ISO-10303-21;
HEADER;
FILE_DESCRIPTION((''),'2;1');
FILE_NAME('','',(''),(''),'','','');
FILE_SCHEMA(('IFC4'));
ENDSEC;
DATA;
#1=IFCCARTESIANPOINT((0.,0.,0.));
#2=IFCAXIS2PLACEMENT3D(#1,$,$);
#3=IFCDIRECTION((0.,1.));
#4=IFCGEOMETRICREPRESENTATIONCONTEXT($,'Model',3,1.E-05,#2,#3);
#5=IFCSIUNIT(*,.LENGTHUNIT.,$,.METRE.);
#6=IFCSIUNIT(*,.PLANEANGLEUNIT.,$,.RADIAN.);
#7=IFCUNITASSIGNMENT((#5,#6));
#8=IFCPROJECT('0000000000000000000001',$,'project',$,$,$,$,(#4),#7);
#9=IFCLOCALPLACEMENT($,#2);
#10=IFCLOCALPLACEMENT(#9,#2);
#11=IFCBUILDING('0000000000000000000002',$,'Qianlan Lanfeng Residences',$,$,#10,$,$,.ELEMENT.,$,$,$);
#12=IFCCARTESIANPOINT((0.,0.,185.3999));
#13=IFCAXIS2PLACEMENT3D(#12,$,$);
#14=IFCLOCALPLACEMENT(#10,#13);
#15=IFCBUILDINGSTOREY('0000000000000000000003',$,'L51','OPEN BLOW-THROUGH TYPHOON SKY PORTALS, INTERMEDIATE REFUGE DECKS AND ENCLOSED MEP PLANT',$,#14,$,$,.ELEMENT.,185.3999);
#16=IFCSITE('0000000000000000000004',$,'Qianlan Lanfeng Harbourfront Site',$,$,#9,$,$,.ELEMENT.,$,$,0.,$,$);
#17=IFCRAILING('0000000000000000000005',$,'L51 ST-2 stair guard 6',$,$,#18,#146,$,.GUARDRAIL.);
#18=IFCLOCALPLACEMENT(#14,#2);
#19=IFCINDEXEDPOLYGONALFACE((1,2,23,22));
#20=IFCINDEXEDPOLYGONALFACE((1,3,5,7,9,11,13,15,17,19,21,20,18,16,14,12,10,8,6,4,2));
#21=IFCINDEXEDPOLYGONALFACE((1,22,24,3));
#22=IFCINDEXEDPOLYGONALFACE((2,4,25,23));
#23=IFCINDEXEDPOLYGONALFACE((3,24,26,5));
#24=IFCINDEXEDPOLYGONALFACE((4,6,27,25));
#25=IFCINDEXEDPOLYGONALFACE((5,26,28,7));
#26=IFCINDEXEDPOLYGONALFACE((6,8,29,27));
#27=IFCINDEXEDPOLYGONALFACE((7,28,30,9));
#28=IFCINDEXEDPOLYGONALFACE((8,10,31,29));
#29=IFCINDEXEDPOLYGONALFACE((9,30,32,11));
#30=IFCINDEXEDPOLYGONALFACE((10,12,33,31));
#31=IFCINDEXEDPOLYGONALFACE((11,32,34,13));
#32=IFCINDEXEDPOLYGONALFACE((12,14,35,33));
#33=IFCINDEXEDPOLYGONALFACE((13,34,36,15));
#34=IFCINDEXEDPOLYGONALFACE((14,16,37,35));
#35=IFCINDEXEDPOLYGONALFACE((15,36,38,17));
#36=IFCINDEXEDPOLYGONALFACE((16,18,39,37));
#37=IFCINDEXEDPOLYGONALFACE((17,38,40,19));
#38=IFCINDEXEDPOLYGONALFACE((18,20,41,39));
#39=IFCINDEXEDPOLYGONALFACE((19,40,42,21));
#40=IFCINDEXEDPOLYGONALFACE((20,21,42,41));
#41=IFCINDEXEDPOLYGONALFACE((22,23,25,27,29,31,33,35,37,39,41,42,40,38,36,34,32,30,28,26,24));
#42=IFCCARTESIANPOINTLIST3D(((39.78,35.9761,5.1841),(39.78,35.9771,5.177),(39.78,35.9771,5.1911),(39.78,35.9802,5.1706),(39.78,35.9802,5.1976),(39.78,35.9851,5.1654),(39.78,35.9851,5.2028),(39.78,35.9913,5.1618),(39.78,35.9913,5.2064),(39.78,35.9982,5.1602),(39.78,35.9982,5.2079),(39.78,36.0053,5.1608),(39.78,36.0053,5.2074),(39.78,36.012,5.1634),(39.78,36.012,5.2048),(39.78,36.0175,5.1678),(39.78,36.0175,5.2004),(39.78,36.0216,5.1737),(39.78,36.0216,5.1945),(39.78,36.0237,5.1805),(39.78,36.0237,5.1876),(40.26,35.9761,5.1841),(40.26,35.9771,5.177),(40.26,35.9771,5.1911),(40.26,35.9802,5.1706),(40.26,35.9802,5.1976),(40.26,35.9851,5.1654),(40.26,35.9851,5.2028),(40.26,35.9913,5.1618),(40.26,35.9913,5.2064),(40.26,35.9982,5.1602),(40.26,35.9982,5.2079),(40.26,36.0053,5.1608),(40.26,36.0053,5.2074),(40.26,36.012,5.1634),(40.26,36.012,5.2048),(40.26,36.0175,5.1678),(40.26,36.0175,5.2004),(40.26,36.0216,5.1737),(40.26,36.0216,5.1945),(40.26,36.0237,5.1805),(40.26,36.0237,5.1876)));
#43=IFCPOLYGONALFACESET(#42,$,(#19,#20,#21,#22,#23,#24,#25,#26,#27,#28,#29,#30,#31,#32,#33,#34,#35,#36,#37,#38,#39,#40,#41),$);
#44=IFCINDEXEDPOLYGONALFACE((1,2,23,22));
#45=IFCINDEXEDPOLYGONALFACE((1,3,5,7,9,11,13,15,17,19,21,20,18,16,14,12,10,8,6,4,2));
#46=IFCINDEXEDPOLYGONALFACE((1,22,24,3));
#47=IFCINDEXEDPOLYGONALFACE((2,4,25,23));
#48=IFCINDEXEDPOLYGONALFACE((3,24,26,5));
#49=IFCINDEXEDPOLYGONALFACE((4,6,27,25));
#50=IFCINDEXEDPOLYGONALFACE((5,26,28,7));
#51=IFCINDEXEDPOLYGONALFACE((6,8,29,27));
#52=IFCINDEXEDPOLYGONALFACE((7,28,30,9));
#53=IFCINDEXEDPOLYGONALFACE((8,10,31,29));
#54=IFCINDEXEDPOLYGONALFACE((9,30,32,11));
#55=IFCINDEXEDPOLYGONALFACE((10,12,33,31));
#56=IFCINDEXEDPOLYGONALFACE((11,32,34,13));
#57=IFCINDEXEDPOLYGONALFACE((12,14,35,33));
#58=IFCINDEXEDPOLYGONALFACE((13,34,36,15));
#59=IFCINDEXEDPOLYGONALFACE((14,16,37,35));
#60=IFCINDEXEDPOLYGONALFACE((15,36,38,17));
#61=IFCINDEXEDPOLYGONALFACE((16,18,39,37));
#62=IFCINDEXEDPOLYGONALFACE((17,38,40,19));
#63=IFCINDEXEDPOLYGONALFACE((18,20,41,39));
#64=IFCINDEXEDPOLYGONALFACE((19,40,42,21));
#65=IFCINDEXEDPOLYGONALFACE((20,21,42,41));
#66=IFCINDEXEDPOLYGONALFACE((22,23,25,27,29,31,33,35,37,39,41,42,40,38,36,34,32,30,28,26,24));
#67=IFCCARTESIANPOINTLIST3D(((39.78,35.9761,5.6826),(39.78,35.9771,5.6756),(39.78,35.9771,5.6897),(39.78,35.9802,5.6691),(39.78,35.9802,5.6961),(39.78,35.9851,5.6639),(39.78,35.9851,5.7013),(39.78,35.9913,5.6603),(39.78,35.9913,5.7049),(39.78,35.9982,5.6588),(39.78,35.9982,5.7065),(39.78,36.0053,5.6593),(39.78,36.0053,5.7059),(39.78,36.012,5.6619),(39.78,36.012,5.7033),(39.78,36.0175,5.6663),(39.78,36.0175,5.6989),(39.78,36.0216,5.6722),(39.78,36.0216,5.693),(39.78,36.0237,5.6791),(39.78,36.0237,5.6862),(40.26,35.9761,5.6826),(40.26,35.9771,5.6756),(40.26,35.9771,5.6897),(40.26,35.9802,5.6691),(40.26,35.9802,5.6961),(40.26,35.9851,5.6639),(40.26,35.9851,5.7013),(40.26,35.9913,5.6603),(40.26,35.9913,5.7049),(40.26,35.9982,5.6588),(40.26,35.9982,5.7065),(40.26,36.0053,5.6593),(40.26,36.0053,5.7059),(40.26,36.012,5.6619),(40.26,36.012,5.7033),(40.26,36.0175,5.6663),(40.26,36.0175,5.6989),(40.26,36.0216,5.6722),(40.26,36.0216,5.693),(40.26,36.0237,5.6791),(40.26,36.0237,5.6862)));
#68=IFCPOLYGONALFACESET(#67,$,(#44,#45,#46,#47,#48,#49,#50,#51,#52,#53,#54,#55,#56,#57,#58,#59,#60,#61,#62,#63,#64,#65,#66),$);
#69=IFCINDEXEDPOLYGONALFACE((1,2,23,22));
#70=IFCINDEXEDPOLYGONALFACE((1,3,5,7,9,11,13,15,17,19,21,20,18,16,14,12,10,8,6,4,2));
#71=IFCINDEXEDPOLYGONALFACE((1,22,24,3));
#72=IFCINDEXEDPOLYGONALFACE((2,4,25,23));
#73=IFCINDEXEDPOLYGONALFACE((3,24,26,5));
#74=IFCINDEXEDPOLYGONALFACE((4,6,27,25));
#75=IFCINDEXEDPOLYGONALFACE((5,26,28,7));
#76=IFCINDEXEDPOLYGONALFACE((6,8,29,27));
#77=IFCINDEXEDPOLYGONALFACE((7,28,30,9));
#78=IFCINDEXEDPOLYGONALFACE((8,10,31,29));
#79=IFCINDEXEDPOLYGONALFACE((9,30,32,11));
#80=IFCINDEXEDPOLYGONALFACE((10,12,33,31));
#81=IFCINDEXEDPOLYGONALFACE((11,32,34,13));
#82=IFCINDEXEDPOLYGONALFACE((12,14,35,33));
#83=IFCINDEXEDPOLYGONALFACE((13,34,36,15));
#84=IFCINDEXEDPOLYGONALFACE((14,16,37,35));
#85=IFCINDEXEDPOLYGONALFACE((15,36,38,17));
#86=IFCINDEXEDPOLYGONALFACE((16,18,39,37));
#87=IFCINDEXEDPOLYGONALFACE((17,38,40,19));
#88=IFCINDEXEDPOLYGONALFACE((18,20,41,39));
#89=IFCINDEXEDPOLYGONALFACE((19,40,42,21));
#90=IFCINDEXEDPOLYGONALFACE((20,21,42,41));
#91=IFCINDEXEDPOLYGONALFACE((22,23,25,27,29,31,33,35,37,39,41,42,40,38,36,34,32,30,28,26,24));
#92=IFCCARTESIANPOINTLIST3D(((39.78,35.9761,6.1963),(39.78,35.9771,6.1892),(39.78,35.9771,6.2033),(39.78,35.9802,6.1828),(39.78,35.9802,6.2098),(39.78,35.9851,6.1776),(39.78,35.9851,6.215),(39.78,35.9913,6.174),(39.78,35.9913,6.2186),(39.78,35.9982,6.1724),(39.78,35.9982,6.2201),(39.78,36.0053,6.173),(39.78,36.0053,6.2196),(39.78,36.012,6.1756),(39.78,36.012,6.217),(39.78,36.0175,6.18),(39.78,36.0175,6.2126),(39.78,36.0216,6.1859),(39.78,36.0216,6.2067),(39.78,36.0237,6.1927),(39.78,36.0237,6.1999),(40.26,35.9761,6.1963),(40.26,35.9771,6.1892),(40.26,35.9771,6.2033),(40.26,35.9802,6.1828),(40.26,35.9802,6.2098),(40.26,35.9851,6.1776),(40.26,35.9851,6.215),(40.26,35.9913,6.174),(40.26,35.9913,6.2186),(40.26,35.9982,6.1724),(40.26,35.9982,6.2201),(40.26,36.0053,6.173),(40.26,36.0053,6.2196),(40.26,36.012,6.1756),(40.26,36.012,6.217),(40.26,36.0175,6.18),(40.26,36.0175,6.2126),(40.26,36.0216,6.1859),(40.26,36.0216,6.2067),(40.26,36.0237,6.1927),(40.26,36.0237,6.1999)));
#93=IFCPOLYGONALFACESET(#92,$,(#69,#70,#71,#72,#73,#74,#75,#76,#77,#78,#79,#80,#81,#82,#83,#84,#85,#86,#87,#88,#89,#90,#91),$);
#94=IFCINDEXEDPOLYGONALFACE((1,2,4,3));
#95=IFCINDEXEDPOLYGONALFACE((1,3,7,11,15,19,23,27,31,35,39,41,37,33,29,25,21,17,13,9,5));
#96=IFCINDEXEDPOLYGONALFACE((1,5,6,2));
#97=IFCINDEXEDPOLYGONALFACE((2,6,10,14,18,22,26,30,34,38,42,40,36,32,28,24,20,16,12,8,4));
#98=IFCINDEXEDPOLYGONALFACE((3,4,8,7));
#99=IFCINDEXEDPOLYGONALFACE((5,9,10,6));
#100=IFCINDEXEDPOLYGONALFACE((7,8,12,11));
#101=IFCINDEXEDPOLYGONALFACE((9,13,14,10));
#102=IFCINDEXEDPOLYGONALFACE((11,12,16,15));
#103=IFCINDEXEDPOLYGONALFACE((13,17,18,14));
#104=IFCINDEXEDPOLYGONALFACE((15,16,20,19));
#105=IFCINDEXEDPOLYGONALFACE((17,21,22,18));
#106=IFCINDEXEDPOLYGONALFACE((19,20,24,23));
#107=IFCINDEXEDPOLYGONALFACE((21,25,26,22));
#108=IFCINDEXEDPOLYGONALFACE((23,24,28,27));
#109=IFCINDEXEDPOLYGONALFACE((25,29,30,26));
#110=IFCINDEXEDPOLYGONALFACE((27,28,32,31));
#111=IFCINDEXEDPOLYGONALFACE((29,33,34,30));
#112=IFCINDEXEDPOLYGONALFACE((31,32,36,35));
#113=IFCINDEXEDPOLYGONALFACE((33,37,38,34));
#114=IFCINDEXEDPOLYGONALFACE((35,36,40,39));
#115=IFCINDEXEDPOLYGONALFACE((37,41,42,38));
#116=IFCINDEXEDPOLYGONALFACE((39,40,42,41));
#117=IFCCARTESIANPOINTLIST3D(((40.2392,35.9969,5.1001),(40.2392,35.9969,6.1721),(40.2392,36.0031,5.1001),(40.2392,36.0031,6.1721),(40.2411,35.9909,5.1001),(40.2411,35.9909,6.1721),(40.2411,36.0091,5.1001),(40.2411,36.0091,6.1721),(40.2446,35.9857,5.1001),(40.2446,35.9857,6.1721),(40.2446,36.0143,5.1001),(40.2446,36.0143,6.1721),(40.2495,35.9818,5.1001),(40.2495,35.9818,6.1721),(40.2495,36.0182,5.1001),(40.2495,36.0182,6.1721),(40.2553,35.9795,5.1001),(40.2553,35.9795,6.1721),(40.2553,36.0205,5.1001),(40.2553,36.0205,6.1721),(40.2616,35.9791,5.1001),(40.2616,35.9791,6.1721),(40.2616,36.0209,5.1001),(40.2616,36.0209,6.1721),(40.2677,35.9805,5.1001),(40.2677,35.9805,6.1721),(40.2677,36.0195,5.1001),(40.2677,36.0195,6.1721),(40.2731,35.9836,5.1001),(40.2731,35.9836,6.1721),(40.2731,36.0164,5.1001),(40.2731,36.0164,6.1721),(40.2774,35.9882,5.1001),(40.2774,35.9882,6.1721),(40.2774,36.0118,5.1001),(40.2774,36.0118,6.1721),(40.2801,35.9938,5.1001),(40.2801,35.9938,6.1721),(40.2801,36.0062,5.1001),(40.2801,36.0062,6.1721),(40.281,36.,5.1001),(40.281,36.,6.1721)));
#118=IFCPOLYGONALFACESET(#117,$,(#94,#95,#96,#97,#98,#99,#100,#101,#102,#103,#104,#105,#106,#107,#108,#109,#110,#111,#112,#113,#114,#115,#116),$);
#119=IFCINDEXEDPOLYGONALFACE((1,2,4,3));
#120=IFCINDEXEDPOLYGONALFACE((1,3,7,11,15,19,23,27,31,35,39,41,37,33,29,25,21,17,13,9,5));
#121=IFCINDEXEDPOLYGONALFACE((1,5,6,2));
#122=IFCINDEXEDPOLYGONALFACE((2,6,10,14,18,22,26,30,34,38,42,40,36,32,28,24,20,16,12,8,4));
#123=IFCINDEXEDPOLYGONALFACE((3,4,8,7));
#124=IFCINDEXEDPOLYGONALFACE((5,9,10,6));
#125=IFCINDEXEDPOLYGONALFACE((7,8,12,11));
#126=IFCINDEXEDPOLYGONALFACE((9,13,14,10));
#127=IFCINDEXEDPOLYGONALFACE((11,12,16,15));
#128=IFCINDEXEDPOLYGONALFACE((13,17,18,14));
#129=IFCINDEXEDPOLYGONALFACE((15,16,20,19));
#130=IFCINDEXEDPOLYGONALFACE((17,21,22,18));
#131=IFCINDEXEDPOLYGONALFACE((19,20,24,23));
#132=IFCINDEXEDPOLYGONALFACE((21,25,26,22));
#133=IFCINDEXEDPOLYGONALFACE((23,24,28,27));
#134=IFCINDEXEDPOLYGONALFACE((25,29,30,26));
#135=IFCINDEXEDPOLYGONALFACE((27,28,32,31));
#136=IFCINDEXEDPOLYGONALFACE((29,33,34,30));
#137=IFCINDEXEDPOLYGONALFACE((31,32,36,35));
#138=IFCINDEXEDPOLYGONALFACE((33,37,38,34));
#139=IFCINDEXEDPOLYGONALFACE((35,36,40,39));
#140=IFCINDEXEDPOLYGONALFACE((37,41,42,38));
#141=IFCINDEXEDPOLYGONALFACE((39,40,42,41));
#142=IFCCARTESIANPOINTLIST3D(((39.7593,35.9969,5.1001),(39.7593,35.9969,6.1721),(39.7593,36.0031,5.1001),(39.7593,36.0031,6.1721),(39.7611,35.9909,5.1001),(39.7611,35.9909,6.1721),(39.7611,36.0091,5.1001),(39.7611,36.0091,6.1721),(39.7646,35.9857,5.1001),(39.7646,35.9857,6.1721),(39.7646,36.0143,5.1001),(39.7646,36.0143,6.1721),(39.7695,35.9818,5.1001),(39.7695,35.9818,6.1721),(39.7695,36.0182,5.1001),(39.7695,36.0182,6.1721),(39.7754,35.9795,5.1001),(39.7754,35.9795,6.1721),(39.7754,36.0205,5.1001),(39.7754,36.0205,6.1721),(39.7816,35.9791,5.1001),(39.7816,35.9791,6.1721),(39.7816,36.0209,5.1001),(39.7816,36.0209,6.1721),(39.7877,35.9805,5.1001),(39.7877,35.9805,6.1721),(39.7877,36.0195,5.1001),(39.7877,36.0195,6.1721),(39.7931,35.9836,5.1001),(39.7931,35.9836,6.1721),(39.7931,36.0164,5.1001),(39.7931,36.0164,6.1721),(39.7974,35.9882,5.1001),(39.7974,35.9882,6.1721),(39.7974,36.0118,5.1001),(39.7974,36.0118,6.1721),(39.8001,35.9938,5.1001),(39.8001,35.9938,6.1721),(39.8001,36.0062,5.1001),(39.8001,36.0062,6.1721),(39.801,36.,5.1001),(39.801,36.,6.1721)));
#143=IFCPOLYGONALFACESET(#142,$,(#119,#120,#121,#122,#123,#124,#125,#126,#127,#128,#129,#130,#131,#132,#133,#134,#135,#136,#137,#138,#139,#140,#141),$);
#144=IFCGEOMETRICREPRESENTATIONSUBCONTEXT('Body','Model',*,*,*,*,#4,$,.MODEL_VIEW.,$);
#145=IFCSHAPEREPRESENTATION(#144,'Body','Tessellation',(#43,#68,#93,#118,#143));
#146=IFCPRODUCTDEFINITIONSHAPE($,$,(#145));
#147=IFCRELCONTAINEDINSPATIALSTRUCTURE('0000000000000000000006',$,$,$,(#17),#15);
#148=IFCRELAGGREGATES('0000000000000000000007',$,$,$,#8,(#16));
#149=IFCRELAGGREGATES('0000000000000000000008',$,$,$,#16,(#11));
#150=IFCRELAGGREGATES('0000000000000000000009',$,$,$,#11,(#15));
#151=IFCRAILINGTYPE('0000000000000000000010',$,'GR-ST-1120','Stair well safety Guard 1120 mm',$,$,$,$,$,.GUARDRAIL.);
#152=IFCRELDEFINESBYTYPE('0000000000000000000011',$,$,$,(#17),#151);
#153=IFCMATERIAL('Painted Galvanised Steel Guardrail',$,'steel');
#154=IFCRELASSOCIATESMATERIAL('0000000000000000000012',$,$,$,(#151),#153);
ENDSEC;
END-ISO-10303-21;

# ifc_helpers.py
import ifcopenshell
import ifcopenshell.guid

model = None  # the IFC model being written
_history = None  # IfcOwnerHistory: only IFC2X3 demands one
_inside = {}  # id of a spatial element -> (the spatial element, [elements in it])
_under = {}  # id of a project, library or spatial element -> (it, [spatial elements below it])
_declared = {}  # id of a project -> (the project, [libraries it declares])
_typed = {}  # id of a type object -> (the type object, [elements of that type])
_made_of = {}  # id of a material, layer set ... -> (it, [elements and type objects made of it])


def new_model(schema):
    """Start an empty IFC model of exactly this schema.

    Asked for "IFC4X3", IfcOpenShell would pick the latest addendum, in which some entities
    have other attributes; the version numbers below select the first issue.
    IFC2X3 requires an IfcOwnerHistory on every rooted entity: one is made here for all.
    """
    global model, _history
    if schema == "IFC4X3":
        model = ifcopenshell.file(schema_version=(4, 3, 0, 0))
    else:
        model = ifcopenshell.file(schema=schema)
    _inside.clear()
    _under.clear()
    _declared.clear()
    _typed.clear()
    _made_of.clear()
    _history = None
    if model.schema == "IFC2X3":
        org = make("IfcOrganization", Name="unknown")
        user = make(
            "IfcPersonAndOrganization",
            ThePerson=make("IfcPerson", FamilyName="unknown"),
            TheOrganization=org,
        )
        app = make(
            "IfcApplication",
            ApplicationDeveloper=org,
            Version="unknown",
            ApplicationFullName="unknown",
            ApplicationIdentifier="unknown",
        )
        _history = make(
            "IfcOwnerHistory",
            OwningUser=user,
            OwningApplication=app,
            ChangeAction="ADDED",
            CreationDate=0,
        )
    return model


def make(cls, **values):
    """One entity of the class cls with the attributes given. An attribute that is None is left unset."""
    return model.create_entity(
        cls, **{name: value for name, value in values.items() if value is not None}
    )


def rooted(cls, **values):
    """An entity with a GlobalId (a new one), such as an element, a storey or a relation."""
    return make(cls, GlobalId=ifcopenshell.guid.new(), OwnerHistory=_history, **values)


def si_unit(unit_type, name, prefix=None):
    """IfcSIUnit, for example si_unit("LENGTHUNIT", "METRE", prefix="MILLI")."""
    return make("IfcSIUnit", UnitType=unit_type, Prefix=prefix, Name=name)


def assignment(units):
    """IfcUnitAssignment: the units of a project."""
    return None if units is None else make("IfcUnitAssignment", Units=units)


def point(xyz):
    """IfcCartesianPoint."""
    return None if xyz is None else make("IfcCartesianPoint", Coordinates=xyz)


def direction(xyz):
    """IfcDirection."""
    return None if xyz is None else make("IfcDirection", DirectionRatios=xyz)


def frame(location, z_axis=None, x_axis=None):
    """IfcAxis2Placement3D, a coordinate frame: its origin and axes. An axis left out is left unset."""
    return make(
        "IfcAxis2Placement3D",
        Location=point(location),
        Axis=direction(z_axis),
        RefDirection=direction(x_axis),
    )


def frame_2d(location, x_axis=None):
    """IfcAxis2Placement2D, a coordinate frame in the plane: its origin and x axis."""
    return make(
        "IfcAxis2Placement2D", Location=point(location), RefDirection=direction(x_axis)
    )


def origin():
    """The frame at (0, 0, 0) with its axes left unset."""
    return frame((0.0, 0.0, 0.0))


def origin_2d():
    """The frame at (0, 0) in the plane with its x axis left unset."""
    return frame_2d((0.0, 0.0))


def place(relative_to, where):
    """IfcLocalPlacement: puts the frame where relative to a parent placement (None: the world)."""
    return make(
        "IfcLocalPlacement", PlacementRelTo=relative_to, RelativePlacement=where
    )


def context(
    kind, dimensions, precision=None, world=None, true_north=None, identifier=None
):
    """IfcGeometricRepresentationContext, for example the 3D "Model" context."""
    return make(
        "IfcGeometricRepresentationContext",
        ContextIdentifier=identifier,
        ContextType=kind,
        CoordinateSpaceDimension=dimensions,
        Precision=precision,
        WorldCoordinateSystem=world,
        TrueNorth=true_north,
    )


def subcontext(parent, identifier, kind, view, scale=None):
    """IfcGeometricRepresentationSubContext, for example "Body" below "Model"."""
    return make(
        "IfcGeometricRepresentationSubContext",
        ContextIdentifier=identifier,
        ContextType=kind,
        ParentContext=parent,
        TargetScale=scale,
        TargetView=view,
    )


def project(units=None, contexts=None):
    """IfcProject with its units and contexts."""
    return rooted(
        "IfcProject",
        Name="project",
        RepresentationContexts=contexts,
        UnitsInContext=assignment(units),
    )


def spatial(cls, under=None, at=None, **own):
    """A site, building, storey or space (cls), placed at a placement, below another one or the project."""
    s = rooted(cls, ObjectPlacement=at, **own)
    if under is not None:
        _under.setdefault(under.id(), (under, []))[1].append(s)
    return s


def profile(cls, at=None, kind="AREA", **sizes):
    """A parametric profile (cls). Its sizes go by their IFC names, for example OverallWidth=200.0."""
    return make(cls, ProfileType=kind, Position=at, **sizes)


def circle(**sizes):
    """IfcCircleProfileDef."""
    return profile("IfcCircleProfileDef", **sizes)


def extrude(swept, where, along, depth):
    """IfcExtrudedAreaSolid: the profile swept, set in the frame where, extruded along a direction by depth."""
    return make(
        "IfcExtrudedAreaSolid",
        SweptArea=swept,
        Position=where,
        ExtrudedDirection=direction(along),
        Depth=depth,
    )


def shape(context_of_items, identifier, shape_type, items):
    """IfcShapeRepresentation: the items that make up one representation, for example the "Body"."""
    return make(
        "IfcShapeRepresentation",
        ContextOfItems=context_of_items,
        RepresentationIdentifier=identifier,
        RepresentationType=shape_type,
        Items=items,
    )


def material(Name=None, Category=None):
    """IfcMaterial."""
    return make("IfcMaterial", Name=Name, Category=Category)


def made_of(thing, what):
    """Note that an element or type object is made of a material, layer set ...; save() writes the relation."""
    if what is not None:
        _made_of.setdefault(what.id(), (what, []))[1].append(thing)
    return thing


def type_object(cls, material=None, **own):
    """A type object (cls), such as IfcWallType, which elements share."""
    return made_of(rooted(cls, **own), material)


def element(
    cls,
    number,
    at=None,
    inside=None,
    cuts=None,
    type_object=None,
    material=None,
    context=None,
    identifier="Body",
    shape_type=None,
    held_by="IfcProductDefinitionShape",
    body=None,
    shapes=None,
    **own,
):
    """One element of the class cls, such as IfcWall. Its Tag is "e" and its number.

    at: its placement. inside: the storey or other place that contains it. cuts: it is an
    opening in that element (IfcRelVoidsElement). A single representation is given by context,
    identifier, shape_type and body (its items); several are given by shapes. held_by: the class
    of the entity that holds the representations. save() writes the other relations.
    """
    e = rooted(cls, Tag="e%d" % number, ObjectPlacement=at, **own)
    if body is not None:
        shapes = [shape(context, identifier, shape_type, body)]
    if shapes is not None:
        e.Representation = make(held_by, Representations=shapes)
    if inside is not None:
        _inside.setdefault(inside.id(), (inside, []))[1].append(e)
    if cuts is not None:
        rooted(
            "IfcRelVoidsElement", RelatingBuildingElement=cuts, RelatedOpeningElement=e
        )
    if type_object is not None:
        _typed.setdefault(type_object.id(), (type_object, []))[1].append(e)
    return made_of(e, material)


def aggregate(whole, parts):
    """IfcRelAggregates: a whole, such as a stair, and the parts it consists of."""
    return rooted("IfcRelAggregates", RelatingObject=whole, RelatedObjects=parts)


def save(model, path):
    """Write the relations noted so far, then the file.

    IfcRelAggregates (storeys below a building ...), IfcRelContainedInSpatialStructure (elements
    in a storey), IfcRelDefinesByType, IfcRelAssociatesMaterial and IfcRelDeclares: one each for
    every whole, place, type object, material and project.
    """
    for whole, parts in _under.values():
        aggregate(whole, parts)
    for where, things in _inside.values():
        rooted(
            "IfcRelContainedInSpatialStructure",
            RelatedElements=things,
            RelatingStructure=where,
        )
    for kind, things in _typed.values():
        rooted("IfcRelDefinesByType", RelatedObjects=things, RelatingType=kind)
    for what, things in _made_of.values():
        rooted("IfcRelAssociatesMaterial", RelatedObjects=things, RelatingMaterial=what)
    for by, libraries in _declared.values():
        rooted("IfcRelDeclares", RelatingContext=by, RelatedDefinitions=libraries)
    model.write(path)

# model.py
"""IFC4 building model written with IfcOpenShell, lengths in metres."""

from ifc_helpers import new_model, si_unit, direction, frame, origin, origin_2d, place, context, subcontext, project, spatial, circle, extrude, material, type_object, element, save


model = new_model("IFC4")

# Units and contexts
model_context = context("Model", 3, precision=1e-05, world=origin(), true_north=direction((0.0, 1.0)))
body_context = subcontext(model_context, "Body", "Model", "MODEL_VIEW")
ifc_project = project(units=[si_unit("LENGTHUNIT", "METRE"), si_unit("PLANEANGLEUNIT", "RADIAN")], contexts=[model_context])

# Site, building, storey
site_placement = place(None, origin())
site = spatial("IfcSite", under=ifc_project, at=site_placement, Name="Qianlan Lanfeng Harbourfront Site", CompositionType="ELEMENT", RefElevation=0.0)
building_placement = place(site_placement, origin())
building = spatial("IfcBuilding", under=site, at=building_placement, Name="Qianlan Lanfeng Residences", CompositionType="ELEMENT")
storey_placement = place(building_placement, frame((0.0, 0.0, 185.3999)))
storey = spatial("IfcBuildingStorey", under=building, at=storey_placement, Name="L51", Description="OPEN BLOW-THROUGH TYPHOON SKY PORTALS, INTERMEDIATE REFUGE DECKS AND ENCLOSED MEP PLANT", CompositionType="ELEMENT", Elevation=185.3999)

# Railing
ifc_material_1 = material(Name="Painted Galvanised Steel Guardrail", Category="steel")
railing_type_1 = type_object("IfcRailingType", Name="GR-ST-1120", Description="Stair well safety Guard 1120 mm", PredefinedType="GUARDRAIL", material=ifc_material_1)
railing_1_placement = place(storey_placement, frame((40.26, 36.0, 5.1001)))
element("IfcRailing", 1, at=railing_1_placement, inside=storey, type_object=railing_type_1, Name="L51 ST-2 stair guard 6", PredefinedType="GUARDRAIL", context=body_context, shape_type="SweptSolid", body=[
    extrude(circle(Radius=0.0239, at=origin_2d()), frame((0.0, 0.0, 0.084), z_axis=(-1.0, 0.0, 0.0), x_axis=(0.0, -1.0, 0.0)), (0.0, 0.0, 1.0), 0.48),
    extrude(circle(Radius=0.0239, at=origin_2d()), frame((0.0, 0.0, 0.5825), z_axis=(-1.0, 0.0, 0.0), x_axis=(0.0, -1.0, 0.0)), (0.0, 0.0, 1.0), 0.48),
    extrude(circle(Radius=0.0239, at=origin_2d()), frame((0.0, 0.0, 1.0962), z_axis=(-1.0, 0.0, 0.0), x_axis=(0.0, -1.0, 0.0)), (0.0, 0.0, 1.0), 0.48),
    extrude(circle(Radius=0.021, at=origin_2d()), origin(), (0.0, 0.0, 1.0), 1.072),
    extrude(circle(Radius=0.021, at=origin_2d()), frame((-0.48, 0.0, 0.0)), (0.0, 0.0, 1.0), 1.072),
])

save(model, "model.ifc")
